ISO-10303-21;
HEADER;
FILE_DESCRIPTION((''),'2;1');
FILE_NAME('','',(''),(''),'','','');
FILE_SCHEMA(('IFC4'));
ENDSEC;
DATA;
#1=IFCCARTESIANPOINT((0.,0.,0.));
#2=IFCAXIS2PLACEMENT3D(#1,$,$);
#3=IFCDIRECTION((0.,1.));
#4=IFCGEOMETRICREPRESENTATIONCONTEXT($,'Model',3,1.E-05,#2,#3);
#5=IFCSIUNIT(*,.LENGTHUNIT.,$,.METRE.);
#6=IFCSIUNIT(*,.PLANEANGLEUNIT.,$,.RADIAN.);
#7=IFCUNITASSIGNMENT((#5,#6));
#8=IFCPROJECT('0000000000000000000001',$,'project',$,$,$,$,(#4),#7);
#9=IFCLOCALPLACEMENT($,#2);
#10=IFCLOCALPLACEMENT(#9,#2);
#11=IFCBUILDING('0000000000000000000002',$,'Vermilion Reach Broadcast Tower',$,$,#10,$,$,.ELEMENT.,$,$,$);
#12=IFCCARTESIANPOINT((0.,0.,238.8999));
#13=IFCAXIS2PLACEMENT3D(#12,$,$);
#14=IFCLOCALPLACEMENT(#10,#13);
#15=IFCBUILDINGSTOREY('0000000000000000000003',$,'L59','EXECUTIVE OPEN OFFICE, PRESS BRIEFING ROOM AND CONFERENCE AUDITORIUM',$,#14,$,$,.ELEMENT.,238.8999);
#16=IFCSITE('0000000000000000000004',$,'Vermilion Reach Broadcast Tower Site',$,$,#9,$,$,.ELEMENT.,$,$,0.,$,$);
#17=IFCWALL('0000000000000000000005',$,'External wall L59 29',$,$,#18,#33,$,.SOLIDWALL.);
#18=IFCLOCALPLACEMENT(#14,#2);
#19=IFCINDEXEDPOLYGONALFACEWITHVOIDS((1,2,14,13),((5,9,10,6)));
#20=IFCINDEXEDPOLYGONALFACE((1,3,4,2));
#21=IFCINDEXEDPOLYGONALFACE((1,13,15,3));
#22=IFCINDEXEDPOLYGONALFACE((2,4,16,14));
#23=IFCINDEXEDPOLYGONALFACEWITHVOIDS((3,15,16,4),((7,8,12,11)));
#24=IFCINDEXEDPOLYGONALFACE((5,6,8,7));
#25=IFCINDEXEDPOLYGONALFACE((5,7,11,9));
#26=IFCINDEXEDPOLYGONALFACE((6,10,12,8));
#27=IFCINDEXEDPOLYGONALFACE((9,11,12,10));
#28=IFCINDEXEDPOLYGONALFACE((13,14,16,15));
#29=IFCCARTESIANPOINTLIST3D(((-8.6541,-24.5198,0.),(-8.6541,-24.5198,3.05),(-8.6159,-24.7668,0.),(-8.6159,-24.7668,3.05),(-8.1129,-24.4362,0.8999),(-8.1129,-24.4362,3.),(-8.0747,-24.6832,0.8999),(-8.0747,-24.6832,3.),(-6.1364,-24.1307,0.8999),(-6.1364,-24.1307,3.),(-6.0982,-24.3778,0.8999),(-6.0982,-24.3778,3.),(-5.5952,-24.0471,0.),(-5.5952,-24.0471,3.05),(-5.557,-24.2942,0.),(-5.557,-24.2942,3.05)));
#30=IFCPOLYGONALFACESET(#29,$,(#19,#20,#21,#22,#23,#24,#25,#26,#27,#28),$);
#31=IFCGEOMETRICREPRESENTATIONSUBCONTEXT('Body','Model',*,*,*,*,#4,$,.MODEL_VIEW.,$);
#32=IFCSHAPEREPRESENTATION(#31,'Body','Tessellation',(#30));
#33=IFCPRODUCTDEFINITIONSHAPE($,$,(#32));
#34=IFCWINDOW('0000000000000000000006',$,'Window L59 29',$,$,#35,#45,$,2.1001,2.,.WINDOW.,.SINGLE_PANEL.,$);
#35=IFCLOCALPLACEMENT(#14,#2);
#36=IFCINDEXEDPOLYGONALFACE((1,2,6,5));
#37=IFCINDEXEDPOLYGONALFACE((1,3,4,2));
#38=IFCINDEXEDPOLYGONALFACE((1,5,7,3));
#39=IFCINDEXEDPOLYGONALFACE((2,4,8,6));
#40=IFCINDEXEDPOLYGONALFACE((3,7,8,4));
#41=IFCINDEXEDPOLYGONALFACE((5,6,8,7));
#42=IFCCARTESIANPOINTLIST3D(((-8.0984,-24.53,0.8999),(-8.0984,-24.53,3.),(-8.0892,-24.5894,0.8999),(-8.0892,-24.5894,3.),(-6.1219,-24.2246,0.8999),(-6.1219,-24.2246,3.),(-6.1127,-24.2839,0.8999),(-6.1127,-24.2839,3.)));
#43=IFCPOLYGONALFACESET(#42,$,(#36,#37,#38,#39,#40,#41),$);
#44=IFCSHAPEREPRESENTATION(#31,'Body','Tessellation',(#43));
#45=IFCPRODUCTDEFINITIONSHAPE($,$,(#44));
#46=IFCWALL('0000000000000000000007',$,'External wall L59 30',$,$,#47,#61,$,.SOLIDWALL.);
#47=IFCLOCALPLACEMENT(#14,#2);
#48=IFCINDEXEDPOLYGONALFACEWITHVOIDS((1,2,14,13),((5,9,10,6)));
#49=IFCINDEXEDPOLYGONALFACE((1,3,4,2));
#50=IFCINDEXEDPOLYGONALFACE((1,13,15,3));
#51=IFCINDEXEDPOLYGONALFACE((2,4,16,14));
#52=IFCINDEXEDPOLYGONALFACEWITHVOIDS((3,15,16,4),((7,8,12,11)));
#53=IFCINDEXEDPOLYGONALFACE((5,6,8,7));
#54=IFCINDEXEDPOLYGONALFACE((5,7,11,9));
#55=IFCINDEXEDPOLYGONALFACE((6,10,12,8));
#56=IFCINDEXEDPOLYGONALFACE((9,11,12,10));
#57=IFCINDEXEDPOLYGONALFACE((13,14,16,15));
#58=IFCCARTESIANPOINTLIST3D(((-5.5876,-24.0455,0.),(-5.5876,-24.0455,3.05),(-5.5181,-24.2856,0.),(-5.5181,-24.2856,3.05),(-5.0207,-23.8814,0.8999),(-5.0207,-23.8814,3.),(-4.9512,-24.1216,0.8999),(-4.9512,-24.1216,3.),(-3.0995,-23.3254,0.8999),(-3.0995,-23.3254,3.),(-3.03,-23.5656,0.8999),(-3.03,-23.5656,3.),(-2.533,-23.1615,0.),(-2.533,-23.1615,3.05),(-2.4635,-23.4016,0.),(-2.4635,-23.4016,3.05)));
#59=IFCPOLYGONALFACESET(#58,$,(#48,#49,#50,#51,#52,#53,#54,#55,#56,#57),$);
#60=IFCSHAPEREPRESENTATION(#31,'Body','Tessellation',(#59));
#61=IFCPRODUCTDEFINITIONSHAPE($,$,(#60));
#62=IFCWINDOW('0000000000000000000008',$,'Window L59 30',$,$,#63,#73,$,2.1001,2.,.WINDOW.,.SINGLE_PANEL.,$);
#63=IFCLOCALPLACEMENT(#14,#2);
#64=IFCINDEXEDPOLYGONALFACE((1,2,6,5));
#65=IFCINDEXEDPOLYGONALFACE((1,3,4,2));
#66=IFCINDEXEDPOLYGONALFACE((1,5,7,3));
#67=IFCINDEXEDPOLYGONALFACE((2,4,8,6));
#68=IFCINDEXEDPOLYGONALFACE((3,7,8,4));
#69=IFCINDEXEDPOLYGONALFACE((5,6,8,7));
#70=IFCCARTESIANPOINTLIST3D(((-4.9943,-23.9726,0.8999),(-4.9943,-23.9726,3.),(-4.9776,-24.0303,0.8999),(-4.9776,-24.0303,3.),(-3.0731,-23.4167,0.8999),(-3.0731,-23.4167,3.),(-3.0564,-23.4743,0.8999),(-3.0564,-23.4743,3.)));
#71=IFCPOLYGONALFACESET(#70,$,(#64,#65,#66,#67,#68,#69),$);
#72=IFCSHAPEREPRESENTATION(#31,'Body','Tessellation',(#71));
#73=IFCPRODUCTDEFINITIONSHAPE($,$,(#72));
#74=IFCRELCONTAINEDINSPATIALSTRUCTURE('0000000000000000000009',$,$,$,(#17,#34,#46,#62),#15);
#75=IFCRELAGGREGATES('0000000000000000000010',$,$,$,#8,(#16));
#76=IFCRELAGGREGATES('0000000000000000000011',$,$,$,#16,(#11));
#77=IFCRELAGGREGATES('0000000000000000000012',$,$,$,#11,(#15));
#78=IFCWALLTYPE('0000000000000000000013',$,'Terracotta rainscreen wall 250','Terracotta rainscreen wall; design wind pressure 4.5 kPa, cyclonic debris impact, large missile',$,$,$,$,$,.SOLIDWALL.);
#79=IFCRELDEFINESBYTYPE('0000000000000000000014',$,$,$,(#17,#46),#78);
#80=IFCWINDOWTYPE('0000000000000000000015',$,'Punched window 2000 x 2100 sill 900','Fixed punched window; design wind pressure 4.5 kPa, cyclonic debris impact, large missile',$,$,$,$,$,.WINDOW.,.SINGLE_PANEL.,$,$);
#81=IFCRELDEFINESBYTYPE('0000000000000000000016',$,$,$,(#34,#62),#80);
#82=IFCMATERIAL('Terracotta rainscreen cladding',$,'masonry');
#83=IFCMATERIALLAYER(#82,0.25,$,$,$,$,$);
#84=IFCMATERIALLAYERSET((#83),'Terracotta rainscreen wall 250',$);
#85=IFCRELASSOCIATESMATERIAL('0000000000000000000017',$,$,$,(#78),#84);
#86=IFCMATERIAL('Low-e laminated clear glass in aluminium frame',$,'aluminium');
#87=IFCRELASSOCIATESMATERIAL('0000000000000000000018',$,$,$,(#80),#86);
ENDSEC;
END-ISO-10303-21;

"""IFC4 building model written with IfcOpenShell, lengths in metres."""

from ifc_helpers import new_model, si_unit, direction, frame, frame_2d, origin, place, context, subcontext, project, spatial, rectangle, extrude, material, layer, layer_set, type_object, element, fill, save


model = new_model("IFC4")

# Units and contexts
model_context = context("Model", 3, precision=1e-05, world=origin(), true_north=direction((0.0, 1.0)))
body_context = subcontext(model_context, "Body", "Model", "MODEL_VIEW")
ifc_project = project(units=[si_unit("LENGTHUNIT", "METRE"), si_unit("PLANEANGLEUNIT", "RADIAN")], contexts=[model_context])

# Site, building, storey
site_placement = place(None, origin())
site = spatial("IfcSite", under=ifc_project, at=site_placement, Name="Vermilion Reach Broadcast Tower Site", CompositionType="ELEMENT", RefElevation=0.0)
building_placement = place(site_placement, origin())
building = spatial("IfcBuilding", under=site, at=building_placement, Name="Vermilion Reach Broadcast Tower", CompositionType="ELEMENT")
storey_placement = place(building_placement, frame((0.0, 0.0, 238.8999)))
storey = spatial("IfcBuildingStorey", under=building, at=storey_placement, Name="L59", Description="EXECUTIVE OPEN OFFICE, PRESS BRIEFING ROOM AND CONFERENCE AUDITORIUM", CompositionType="ELEMENT", Elevation=238.8999)

# Shared definitions
ifc_material_1 = material(Name="Terracotta rainscreen cladding", Category="masonry")
ifc_layer_1 = layer(ifc_material_1, 0.25)
ifc_layer_set_1 = layer_set([ifc_layer_1], Name="Terracotta rainscreen wall 250")
wall_type_1 = type_object("IfcWallType", Name="Terracotta rainscreen wall 250", Description="Terracotta rainscreen wall; design wind pressure 4.5 kPa, cyclonic debris impact, large missile", PredefinedType="SOLIDWALL", material=ifc_layer_set_1)

# Walls, openings, windows
ifc_material_2 = material(Name="Low-e laminated clear glass in aluminium frame", Category="aluminium")
window_type = type_object("IfcWindowType", Name="Punched window 2000 x 2100 sill 900", Description="Fixed punched window; design wind pressure 4.5 kPa, cyclonic debris impact, large missile", PartitioningType="SINGLE_PANEL", PredefinedType="WINDOW", material=ifc_material_2)
wall_1_placement = place(storey_placement, frame((-8.635, -24.6433, 0.0), z_axis=(0.0, 0.0, 1.0), x_axis=(0.988271, 0.152709, 0.0)))
wall_1 = element("IfcWall", 1, at=wall_1_placement, inside=storey, type_object=wall_type_1, Name="External wall L59 29", PredefinedType="SOLIDWALL", context=body_context, shape_type="SweptSolid", body=[
    extrude(rectangle(XDim=3.0952, YDim=0.25, at=frame_2d((1.5476, 0.0))), origin(), (0.0, 0.0, 1.0), 3.05),
])
opening_1_placement = place(wall_1_placement, frame((0.5476, 0.0, 0.8999)))
opening_1 = element("IfcOpeningElement", 2, at=opening_1_placement, cuts=wall_1, PredefinedType="OPENING", context=body_context, shape_type="SweptSolid", body=[
    extrude(rectangle(XDim=2.0, YDim=2.1001, at=frame_2d((1.0, 1.05))), frame((0.0, 0.135, 0.0), z_axis=(0.0, -1.0, 0.0), x_axis=(1.0, 0.0, 0.0)), (0.0, 0.0, 1.0), 0.27),
])
window_1_placement = place(opening_1_placement, origin())
window_1 = element("IfcWindow", 3, at=window_1_placement, inside=storey, type_object=window_type, Name="Window L59 29", OverallHeight=2.1001, OverallWidth=2.0, PartitioningType="SINGLE_PANEL", PredefinedType="WINDOW", context=body_context, shape_type="SweptSolid", body=[
    extrude(rectangle(XDim=2.0, YDim=2.1001, at=frame_2d((1.0, 1.05))), frame((0.0, 0.03, 0.0), z_axis=(0.0, -1.0, 0.0), x_axis=(1.0, 0.0, 0.0)), (0.0, 0.0, 1.0), 0.0601),
])
fill(opening_1, window_1)
wall_2_placement = place(storey_placement, frame((-5.5527, -24.1655, 0.0), z_axis=(0.0, 0.0, 1.0), x_axis=(0.960583, 0.277995, 0.0)))
wall_2 = element("IfcWall", 4, at=wall_2_placement, inside=storey, type_object=wall_type_1, Name="External wall L59 30", PredefinedType="SOLIDWALL", context=body_context, shape_type="SweptSolid", body=[
    extrude(rectangle(XDim=3.1799, YDim=0.25, at=frame_2d((1.5898, 0.0))), origin(), (0.0, 0.0, 1.0), 3.05),
])
opening_2_placement = place(wall_2_placement, frame((0.5901, 0.0, 0.8999)))
opening_2 = element("IfcOpeningElement", 5, at=opening_2_placement, cuts=wall_2, PredefinedType="OPENING", context=body_context, shape_type="SweptSolid", body=[
    extrude(rectangle(XDim=2.0, YDim=2.1001, at=frame_2d((1.0, 1.05))), frame((0.0, 0.135, 0.0), z_axis=(0.0, -1.0, 0.0), x_axis=(1.0, 0.0, 0.0)), (0.0, 0.0, 1.0), 0.27),
])
window_2_placement = place(opening_2_placement, origin())
window_2 = element("IfcWindow", 6, at=window_2_placement, inside=storey, type_object=window_type, Name="Window L59 30", OverallHeight=2.1001, OverallWidth=2.0, PartitioningType="SINGLE_PANEL", PredefinedType="WINDOW", context=body_context, shape_type="SweptSolid", body=[
    extrude(rectangle(XDim=2.0, YDim=2.1001, at=frame_2d((1.0, 1.05))), frame((0.0, 0.03, 0.0), z_axis=(0.0, -1.0, 0.0), x_axis=(1.0, 0.0, 0.0)), (0.0, 0.0, 1.0), 0.0601),
])
fill(opening_2, window_2)

save(model, "model.ifc")
